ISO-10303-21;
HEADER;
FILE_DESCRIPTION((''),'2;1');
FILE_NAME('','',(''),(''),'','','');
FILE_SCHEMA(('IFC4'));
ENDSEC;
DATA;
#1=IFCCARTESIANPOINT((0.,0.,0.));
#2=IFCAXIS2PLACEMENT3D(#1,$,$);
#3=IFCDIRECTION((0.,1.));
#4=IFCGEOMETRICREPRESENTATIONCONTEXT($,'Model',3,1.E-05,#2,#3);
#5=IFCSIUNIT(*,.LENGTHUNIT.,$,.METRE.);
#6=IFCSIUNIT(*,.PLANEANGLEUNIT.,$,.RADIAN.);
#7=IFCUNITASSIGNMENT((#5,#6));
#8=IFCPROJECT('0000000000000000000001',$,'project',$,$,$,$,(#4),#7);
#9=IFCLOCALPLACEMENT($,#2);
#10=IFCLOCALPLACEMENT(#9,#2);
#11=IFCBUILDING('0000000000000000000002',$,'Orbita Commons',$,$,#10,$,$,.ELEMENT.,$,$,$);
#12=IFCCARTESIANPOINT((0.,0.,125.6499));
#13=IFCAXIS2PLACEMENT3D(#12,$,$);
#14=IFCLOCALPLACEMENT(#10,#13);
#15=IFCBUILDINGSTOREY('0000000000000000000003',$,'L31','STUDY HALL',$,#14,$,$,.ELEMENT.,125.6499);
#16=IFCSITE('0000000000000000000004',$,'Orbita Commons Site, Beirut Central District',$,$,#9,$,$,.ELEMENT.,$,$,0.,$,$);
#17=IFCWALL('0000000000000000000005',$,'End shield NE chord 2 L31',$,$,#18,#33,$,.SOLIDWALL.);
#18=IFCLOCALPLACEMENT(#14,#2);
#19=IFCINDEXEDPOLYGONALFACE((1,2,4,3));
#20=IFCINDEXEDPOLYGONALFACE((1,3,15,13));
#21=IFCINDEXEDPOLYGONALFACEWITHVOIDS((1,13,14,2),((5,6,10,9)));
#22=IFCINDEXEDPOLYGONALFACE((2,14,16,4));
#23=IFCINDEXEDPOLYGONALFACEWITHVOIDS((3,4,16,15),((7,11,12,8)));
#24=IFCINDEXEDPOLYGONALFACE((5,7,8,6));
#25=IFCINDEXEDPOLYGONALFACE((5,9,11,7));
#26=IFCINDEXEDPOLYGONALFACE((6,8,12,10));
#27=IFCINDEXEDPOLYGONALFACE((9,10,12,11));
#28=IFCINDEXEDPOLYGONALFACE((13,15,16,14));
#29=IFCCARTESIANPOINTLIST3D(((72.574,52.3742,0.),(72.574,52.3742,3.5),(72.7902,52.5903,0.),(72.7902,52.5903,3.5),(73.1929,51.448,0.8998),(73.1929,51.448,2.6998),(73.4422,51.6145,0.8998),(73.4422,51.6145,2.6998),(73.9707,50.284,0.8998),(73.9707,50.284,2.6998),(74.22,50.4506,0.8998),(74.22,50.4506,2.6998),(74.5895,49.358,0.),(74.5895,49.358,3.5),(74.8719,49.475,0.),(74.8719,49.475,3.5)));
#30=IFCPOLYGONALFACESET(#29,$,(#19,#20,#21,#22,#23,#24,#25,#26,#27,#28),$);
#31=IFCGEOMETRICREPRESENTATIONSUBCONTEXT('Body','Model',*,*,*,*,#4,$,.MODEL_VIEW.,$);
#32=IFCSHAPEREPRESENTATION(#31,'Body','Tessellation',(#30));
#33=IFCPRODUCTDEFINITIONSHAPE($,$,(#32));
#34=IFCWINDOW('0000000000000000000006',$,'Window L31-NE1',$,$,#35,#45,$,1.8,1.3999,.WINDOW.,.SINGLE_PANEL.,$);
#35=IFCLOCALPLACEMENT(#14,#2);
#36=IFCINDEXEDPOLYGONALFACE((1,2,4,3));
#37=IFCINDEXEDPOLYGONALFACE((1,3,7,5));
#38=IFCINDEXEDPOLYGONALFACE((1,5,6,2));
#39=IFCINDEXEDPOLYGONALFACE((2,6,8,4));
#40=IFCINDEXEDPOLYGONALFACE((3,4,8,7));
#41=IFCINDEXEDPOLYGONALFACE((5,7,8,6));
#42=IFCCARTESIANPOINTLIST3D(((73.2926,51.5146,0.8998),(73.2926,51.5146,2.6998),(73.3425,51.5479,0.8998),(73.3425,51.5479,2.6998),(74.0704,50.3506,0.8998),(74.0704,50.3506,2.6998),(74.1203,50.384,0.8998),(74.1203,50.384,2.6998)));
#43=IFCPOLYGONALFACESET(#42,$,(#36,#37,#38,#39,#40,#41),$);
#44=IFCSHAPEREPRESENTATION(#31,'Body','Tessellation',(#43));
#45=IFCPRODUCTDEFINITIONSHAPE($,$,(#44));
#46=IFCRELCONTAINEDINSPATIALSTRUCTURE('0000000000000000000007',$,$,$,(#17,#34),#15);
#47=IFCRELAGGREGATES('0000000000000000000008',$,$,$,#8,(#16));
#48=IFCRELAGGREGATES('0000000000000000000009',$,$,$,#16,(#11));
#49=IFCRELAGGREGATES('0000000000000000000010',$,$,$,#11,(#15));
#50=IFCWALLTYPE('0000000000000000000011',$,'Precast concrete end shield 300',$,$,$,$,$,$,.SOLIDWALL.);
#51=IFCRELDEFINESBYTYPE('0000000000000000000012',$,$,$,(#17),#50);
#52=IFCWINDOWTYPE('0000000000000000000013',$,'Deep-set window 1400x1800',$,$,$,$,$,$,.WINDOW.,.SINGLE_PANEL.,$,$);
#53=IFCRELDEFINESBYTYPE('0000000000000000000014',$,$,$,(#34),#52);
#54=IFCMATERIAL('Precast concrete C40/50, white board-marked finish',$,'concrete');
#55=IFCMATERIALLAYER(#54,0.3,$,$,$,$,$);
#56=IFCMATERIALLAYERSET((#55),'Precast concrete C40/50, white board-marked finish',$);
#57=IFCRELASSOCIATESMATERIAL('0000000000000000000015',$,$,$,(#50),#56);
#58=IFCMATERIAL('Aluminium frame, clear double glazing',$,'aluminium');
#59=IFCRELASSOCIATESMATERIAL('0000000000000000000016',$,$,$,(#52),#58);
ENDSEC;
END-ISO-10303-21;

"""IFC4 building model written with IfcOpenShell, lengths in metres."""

from ifc_helpers import new_model, si_unit, direction, frame, frame_2d, origin, place, context, subcontext, project, spatial, polyline, rectangle, outline, extrude, material, layer, layer_set, type_object, element, fill, save


model = new_model("IFC4")

# Units and contexts
model_context = context("Model", 3, precision=1e-05, world=origin(), true_north=direction((0.0, 1.0)))
body_context = subcontext(model_context, "Body", "Model", "MODEL_VIEW")
ifc_project = project(units=[si_unit("LENGTHUNIT", "METRE"), si_unit("PLANEANGLEUNIT", "RADIAN")], contexts=[model_context])

# Site, building, storey
site_placement = place(None, origin())
site = spatial("IfcSite", under=ifc_project, at=site_placement, Name="Orbita Commons Site, Beirut Central District", CompositionType="ELEMENT", RefElevation=0.0)
building_placement = place(site_placement, origin())
building = spatial("IfcBuilding", under=site, at=building_placement, Name="Orbita Commons", CompositionType="ELEMENT")
storey_placement = place(building_placement, frame((0.0, 0.0, 125.6499)))
storey = spatial("IfcBuildingStorey", under=building, at=storey_placement, Name="L31", Description="STUDY HALL", CompositionType="ELEMENT", Elevation=125.6499)

# Wall, opening, window
ifc_material_1 = material(Name="Precast concrete C40/50, white board-marked finish", Category="concrete")
ifc_layer_1 = layer(ifc_material_1, 0.3)
ifc_layer_set_1 = layer_set([ifc_layer_1], Name="Precast concrete C40/50, white board-marked finish")
wall_type_1 = type_object("IfcWallType", Name="Precast concrete end shield 300", PredefinedType="SOLIDWALL", material=ifc_layer_set_1)
wall_1_placement = place(storey_placement, frame((74.7307, 49.4165, 0.0), z_axis=(0.0, 0.0, 1.0), x_axis=(-0.555601, 0.831449, 0.0)))
wall_1 = element("IfcWall", 1, at=wall_1_placement, inside=storey, type_object=wall_type_1, Name="End shield NE chord 2 L31", PredefinedType="SOLIDWALL", context=body_context, shape_type="SweptSolid", body=[
    extrude(outline(polyline([(-0.0298, -0.1499), (3.717, -0.1499), (3.6575, 0.1499), (0.0298, 0.1499), (-0.0298, -0.1499)])), origin(), (0.0, 0.0, 1.0), 3.5),
])
opening_1_placement = place(wall_1_placement, frame((1.1436, 0.0, 0.8999)))
opening_1 = element("IfcOpeningElement", 2, at=opening_1_placement, cuts=wall_1, PredefinedType="OPENING", context=body_context, shape_type="SweptSolid", body=[
    extrude(rectangle(XDim=1.3999, YDim=1.8, at=frame_2d((0.7, 0.8999))), frame((0.0, 0.1599, 0.0), z_axis=(0.0, -1.0, 0.0), x_axis=(1.0, 0.0, 0.0)), (0.0, 0.0, 1.0), 0.3201),
])
ifc_material_2 = material(Name="Aluminium frame, clear double glazing", Category="aluminium")
window_type = type_object("IfcWindowType", Name="Deep-set window 1400x1800", PartitioningType="SINGLE_PANEL", PredefinedType="WINDOW", material=ifc_material_2)
window_placement = place(opening_1_placement, origin())
window = element("IfcWindow", 3, at=window_placement, inside=storey, type_object=window_type, Name="Window L31-NE1", OverallHeight=1.8, OverallWidth=1.3999, PartitioningType="SINGLE_PANEL", PredefinedType="WINDOW", context=body_context, shape_type="SweptSolid", body=[
    extrude(rectangle(XDim=1.3999, YDim=1.8, at=frame_2d((0.7, 0.8999))), frame((0.0, 0.03, 0.0), z_axis=(0.0, -1.0, 0.0), x_axis=(1.0, 0.0, 0.0)), (0.0, 0.0, 1.0), 0.0601),
])
fill(opening_1, window)

save(model, "model.ifc")
